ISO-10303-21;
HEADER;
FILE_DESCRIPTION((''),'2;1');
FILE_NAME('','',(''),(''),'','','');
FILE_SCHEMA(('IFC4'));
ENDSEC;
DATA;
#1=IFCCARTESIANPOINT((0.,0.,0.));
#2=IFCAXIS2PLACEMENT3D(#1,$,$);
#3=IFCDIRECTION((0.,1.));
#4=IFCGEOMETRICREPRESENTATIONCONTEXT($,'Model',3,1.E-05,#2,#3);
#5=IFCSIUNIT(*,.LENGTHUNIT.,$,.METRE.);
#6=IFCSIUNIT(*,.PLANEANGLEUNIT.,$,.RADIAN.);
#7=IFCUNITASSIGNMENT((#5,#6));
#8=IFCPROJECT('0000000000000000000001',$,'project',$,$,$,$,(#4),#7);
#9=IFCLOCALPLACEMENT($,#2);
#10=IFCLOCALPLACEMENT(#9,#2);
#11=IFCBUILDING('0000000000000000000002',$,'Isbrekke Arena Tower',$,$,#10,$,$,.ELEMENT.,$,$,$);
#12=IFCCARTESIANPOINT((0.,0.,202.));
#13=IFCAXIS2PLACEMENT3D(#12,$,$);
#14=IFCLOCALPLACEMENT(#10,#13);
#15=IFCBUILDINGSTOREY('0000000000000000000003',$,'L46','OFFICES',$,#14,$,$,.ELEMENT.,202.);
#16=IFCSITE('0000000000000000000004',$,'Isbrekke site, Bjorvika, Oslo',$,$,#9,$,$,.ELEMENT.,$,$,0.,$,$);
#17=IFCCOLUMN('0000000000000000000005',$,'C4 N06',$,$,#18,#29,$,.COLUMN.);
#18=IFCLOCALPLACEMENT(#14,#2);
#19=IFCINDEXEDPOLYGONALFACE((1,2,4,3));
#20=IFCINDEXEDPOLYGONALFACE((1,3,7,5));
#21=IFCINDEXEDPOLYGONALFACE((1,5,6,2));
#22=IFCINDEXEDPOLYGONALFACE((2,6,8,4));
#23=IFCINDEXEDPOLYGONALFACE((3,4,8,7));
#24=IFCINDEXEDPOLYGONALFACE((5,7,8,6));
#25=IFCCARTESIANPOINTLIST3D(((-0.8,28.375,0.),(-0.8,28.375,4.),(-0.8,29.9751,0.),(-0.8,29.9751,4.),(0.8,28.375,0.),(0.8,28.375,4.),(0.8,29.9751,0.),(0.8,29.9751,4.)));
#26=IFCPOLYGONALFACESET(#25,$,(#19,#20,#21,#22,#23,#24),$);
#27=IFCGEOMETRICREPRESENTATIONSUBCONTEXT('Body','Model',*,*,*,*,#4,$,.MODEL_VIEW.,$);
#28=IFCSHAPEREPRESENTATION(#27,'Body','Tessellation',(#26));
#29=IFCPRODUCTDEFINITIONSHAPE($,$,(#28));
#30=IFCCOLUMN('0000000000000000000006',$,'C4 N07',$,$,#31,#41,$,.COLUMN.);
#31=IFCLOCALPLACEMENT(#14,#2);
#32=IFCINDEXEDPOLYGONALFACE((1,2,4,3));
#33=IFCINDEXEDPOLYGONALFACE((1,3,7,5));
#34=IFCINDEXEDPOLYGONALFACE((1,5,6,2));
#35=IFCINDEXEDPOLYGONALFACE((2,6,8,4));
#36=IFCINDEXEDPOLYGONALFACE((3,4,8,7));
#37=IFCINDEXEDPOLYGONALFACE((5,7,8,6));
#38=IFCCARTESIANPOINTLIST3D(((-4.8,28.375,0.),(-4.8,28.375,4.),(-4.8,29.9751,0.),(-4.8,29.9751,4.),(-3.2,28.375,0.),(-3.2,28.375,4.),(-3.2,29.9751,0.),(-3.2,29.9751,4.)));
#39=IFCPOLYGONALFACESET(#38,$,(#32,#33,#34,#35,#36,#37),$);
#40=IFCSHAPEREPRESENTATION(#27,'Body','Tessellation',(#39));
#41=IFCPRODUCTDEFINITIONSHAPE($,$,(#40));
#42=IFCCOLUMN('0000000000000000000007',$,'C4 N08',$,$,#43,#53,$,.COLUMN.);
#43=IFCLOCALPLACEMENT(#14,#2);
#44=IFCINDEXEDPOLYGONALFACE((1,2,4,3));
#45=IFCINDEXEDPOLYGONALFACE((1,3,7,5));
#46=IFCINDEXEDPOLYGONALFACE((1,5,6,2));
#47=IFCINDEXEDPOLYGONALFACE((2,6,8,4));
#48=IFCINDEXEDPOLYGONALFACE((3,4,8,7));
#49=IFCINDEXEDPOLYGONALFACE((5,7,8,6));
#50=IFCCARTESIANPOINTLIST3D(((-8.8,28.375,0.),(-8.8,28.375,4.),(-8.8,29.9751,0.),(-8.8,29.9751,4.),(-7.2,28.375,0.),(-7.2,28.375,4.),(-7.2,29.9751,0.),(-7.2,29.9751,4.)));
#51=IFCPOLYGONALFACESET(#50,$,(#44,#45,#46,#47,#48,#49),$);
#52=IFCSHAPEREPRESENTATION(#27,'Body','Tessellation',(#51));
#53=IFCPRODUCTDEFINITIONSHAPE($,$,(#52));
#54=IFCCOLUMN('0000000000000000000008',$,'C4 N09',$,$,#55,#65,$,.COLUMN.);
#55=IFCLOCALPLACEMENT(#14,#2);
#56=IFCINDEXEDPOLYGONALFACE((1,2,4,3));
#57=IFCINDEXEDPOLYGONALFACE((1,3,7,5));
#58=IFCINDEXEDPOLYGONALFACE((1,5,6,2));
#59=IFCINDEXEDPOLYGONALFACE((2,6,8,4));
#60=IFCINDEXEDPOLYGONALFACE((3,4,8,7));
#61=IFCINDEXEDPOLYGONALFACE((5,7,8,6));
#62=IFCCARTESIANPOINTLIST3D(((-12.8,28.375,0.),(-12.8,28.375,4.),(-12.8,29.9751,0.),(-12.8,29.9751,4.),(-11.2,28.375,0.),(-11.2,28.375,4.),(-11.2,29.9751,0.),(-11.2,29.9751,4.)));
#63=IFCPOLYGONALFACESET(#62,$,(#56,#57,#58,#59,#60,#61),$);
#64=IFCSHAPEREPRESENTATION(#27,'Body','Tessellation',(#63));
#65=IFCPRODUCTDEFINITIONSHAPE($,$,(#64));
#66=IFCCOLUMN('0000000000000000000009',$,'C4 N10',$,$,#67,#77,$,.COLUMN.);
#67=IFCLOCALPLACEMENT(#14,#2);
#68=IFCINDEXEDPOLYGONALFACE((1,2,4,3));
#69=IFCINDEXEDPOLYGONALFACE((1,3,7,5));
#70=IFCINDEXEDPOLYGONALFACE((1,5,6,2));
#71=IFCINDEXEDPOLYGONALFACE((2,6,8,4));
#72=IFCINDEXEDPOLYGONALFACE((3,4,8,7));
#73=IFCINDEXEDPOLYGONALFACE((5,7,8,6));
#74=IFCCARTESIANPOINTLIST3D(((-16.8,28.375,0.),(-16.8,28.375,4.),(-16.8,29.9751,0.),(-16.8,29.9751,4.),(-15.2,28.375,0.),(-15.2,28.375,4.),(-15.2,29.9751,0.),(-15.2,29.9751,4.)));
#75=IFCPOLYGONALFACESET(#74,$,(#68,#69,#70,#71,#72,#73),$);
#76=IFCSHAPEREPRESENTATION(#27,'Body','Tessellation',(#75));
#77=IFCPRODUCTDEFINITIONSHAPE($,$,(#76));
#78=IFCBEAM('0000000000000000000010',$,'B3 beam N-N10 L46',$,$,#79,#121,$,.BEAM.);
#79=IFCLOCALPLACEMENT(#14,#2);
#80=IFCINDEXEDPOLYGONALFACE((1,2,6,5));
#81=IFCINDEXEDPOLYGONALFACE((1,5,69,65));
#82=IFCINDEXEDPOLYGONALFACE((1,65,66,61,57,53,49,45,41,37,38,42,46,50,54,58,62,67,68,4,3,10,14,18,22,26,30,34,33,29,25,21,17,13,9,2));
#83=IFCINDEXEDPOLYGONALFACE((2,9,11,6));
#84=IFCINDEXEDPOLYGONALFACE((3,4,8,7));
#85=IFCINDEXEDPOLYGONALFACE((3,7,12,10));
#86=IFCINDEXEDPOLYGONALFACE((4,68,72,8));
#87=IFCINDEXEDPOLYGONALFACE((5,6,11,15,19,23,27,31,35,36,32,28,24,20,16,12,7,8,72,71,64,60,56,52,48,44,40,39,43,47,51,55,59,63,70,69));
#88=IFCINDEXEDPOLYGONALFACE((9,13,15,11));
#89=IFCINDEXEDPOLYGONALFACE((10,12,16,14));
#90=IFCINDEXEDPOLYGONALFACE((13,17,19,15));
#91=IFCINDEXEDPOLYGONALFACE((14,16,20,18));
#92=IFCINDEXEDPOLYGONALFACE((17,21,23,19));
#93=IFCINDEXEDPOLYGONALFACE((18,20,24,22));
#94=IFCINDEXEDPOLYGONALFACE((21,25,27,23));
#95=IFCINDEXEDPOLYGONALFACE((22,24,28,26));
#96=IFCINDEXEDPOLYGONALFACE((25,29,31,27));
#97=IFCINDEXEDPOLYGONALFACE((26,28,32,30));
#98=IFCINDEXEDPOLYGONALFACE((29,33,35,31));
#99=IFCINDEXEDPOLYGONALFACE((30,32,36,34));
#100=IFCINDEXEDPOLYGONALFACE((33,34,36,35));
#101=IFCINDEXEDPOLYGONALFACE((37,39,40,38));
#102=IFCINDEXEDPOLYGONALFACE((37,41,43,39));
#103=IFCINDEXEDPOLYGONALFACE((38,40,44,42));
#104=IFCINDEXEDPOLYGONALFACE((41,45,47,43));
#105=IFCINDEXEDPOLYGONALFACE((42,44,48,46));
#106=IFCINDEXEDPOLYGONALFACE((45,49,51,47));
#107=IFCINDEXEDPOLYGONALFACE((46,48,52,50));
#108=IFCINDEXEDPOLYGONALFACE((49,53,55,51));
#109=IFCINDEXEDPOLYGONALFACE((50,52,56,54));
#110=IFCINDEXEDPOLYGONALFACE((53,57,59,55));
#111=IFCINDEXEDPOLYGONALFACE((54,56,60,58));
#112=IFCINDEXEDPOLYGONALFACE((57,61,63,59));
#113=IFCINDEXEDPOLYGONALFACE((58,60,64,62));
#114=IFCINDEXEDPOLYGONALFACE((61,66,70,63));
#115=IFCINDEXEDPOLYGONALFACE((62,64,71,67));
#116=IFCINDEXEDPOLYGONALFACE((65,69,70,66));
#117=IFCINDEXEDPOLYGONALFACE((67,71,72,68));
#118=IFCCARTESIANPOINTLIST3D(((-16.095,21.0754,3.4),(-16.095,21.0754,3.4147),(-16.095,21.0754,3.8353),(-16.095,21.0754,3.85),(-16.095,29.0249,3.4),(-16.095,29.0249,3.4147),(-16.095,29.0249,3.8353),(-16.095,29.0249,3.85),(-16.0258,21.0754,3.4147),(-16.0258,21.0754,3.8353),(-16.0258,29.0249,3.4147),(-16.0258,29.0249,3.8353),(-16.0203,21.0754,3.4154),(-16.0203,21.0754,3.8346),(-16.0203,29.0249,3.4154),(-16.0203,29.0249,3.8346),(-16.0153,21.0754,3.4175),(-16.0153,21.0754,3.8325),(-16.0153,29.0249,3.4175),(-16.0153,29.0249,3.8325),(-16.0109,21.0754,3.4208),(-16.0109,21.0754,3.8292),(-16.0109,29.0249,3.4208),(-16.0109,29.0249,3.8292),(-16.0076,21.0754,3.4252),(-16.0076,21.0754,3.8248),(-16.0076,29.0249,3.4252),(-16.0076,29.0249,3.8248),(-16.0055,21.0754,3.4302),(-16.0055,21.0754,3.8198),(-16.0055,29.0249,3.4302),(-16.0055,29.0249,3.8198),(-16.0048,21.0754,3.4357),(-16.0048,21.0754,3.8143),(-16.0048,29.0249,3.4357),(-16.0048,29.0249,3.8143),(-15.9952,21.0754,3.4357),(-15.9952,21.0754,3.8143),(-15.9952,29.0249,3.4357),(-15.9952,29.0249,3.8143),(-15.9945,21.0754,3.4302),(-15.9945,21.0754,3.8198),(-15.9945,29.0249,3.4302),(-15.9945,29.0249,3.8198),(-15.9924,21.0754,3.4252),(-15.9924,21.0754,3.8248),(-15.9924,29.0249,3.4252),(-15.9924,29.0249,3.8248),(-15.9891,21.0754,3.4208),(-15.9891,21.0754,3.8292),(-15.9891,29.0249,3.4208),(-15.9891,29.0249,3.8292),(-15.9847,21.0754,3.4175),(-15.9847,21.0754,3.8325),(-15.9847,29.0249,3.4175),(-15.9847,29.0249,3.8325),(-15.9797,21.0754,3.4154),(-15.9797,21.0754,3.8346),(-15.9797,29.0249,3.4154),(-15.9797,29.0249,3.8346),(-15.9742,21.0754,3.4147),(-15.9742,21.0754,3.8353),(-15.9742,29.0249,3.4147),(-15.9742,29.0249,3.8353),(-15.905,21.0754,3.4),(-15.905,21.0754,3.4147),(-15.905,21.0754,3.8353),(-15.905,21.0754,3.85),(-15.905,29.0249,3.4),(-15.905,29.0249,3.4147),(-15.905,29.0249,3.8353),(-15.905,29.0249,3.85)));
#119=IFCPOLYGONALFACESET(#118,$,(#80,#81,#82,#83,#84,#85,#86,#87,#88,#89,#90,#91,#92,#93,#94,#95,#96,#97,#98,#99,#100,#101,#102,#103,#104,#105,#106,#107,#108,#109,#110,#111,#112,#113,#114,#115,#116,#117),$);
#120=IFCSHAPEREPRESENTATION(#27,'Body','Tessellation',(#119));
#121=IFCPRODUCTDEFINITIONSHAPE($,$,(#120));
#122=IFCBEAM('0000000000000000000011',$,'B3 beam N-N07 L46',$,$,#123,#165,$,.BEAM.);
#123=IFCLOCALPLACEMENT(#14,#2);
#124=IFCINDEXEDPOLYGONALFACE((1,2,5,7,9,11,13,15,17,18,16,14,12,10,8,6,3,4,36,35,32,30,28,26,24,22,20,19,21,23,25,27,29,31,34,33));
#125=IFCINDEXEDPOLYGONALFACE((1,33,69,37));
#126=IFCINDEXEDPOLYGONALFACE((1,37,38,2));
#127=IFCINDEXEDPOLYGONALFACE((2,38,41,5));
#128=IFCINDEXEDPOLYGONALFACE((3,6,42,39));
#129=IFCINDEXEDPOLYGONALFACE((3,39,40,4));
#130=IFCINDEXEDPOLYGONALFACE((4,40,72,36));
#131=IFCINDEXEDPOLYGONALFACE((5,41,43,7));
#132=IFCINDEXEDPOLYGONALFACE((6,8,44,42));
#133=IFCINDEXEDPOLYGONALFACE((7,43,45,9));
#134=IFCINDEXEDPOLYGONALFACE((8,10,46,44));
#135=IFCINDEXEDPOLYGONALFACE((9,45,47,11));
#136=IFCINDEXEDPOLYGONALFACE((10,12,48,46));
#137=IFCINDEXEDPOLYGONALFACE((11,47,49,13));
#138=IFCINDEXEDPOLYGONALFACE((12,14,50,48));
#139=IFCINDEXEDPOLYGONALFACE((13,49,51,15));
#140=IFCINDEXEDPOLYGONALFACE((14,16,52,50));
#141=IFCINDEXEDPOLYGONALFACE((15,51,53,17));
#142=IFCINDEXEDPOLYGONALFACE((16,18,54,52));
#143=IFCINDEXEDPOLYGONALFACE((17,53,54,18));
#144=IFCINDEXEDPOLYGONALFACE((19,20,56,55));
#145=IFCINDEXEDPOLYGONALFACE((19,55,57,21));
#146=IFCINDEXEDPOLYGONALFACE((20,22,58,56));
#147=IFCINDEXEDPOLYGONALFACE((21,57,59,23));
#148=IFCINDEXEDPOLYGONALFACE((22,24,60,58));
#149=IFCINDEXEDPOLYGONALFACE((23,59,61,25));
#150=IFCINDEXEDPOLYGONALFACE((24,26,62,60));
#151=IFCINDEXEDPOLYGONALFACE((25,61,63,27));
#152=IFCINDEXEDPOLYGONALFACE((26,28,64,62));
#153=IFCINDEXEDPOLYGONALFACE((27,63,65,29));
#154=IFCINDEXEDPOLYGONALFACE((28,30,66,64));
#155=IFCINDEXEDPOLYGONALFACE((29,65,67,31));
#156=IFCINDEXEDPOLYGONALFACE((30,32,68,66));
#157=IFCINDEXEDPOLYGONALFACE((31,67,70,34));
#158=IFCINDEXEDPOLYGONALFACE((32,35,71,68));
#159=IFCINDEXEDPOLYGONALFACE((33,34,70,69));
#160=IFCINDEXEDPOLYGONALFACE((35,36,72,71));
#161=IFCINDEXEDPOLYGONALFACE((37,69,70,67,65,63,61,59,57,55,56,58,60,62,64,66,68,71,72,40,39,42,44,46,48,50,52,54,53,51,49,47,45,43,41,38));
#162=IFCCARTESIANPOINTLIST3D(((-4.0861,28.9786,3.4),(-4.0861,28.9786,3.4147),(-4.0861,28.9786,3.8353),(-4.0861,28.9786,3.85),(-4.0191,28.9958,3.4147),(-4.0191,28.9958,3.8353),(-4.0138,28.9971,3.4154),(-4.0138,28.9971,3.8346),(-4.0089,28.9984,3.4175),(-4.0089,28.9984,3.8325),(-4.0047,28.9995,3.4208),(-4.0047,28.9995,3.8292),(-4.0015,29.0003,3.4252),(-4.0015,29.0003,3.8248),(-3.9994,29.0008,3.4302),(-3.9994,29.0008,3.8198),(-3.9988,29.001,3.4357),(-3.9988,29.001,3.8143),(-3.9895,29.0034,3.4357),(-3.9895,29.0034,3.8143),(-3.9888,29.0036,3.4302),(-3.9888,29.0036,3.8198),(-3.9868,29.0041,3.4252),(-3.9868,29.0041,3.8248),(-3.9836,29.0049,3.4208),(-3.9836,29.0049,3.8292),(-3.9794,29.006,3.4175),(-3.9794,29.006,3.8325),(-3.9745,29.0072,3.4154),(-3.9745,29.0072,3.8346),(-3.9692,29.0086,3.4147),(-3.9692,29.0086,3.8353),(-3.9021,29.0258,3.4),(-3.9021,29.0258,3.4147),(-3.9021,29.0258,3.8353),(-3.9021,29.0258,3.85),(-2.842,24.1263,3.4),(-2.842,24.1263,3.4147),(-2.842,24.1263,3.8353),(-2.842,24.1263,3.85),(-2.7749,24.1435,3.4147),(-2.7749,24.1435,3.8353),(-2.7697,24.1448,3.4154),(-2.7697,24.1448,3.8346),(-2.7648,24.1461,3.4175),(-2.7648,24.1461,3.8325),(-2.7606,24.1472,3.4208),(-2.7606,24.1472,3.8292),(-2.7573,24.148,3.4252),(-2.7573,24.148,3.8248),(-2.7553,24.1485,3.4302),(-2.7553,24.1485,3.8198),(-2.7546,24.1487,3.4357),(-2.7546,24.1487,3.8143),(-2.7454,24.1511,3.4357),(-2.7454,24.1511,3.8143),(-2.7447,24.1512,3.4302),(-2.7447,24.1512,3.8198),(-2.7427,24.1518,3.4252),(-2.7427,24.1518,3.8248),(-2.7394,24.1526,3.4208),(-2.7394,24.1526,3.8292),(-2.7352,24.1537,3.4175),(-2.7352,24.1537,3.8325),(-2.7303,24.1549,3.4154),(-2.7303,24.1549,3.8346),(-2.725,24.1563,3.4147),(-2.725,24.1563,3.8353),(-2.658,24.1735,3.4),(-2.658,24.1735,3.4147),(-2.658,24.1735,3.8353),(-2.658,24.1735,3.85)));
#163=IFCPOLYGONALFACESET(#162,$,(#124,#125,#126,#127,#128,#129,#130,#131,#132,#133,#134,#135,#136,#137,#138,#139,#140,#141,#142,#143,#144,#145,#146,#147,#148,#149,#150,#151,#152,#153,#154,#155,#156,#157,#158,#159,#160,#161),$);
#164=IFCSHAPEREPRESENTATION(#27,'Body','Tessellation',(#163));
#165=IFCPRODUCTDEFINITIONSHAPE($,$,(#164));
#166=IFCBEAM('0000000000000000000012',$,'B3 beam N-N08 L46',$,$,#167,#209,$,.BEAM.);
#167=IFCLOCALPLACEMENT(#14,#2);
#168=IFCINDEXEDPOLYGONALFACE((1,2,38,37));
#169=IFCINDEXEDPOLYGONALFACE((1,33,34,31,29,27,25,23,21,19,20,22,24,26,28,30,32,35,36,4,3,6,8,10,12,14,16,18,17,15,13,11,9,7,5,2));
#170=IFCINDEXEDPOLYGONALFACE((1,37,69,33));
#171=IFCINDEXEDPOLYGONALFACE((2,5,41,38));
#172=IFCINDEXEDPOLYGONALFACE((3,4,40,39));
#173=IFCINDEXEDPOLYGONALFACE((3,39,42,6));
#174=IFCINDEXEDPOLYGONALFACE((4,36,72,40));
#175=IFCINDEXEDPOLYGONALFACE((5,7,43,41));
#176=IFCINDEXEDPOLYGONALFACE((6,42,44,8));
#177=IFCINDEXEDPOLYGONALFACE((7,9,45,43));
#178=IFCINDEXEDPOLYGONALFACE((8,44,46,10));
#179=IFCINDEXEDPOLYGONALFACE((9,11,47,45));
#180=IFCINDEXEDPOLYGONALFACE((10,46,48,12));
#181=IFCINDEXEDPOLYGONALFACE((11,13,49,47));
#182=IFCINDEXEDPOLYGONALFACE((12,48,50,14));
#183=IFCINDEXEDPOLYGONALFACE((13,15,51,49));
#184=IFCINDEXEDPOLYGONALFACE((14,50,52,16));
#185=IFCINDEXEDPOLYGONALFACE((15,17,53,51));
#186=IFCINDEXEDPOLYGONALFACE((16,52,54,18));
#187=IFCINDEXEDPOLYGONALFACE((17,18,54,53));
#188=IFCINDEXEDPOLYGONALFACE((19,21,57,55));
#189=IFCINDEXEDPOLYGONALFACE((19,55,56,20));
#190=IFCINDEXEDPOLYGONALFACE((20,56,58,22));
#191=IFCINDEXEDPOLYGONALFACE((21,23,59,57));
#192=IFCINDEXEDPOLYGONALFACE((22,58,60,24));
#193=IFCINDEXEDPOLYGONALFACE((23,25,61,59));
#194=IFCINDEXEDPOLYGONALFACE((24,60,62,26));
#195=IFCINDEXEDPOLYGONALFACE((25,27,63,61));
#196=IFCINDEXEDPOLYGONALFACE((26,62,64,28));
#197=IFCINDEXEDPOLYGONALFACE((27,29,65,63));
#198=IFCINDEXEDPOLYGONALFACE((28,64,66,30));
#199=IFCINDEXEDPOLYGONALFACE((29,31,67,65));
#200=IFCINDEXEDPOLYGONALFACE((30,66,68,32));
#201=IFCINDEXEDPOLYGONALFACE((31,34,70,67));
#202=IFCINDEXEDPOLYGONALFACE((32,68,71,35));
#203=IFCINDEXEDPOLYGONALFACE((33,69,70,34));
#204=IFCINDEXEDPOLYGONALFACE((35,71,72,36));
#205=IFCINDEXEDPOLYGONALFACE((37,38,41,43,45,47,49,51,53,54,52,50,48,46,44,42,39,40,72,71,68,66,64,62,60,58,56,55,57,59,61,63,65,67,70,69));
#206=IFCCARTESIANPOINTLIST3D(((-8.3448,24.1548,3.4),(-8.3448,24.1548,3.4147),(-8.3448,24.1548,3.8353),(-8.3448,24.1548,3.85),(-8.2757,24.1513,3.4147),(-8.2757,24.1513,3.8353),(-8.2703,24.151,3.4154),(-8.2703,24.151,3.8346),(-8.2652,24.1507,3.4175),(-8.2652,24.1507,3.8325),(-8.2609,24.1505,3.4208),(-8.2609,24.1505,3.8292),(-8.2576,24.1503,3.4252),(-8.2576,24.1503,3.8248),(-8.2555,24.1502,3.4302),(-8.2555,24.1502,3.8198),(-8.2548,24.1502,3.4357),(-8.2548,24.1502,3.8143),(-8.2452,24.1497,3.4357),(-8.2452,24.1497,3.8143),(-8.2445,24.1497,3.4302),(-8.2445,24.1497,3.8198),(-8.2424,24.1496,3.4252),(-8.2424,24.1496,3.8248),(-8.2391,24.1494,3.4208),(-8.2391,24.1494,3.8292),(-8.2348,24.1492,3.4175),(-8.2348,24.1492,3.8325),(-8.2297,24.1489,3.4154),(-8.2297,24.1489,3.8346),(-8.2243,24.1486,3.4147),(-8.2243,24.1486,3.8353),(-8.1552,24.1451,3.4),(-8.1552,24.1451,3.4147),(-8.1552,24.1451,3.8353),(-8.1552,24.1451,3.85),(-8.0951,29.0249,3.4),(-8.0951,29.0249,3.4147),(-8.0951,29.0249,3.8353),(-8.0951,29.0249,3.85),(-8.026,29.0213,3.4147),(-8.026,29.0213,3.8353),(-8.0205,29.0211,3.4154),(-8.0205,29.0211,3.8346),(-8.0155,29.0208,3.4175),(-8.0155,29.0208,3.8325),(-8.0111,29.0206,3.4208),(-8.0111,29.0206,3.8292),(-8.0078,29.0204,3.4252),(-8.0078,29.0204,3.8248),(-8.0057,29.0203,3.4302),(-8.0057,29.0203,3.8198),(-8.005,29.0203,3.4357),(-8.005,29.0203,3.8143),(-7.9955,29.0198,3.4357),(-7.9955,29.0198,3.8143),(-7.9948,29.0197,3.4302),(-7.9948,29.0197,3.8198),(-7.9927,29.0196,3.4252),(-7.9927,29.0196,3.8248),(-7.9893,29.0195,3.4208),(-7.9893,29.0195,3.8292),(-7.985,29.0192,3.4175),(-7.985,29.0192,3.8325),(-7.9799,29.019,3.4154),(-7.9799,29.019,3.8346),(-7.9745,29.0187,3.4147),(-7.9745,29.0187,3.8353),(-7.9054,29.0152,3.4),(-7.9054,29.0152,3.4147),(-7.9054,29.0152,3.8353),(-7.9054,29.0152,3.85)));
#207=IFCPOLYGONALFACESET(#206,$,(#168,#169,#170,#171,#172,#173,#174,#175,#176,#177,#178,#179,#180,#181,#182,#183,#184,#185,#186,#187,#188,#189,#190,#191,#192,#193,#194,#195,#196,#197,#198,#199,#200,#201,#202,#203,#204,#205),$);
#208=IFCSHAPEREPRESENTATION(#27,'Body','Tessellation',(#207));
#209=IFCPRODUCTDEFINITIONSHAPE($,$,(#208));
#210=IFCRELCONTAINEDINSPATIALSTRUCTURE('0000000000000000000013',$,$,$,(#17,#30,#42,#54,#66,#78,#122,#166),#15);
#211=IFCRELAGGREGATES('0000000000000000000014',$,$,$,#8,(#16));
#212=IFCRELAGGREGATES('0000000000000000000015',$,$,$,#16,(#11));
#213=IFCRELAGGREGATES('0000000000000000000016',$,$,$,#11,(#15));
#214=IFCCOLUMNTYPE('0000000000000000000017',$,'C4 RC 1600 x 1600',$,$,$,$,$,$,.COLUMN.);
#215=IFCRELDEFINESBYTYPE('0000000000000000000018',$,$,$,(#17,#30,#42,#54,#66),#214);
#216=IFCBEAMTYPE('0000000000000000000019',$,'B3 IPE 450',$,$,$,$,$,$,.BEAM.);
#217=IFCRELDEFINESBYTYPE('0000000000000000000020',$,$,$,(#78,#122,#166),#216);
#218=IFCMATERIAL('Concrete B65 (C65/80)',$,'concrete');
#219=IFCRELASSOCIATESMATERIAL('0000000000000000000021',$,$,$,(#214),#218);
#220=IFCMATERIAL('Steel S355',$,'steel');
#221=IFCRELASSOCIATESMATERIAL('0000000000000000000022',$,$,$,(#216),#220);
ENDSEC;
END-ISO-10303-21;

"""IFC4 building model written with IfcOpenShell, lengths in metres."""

from ifc_helpers import new_model, si_unit, direction, frame, origin, origin_2d, place, context, subcontext, project, spatial, rectangle, i_section, extrude, material, material_profile, profile_set, type_object, element, save


model = new_model("IFC4")

# Units and contexts
model_context = context("Model", 3, precision=1e-05, world=origin(), true_north=direction((0.0, 1.0)))
body_context = subcontext(model_context, "Body", "Model", "MODEL_VIEW")
ifc_project = project(units=[si_unit("LENGTHUNIT", "METRE"), si_unit("PLANEANGLEUNIT", "RADIAN")], contexts=[model_context])

# Site, building, storey
site_placement = place(None, origin())
site = spatial("IfcSite", under=ifc_project, at=site_placement, Name="Isbrekke site, Bjorvika, Oslo", CompositionType="ELEMENT", RefElevation=0.0)
building_placement = place(site_placement, origin())
building = spatial("IfcBuilding", under=site, at=building_placement, Name="Isbrekke Arena Tower", CompositionType="ELEMENT")
storey_placement = place(building_placement, frame((0.0, 0.0, 202.0)))
storey = spatial("IfcBuildingStorey", under=building, at=storey_placement, Name="L46", Description="OFFICES", CompositionType="ELEMENT", Elevation=202.0)

# Columns
ifc_material_1 = material(Name="Concrete B65 (C65/80)", Category="concrete")
ifc_material_profile_1 = material_profile(ifc_material_1, rectangle(XDim=1.6001, YDim=1.6001, at=origin_2d()), Name="RC 1600x1600")
ifc_profile_set_1 = profile_set([ifc_material_profile_1], Name="Concrete B65 (C65/80)")
column_type = type_object("IfcColumnType", Name="C4 RC 1600 x 1600", PredefinedType="COLUMN", material=ifc_profile_set_1)
for number, where, z_axis, x_axis, name in (
    (1, (0.0, 29.175, 0.0), (0.0, 0.0, 1.0), (-1.0, 0.0, 0.0), "C4 N06"),
    (2, (-4.0, 29.175, 0.0), (0.0, 0.0, 1.0), (-1.0, 0.0, 0.0), "C4 N07"),
    (3, (-8.0, 29.175, 0.0), (0.0, 0.0, 1.0), (-1.0, 0.0, 0.0), "C4 N08"),
    (4, (-12.0, 29.175, 0.0), (0.0, 0.0, 1.0), (-1.0, 0.0, 0.0), "C4 N09"),
    (5, (-16.0, 29.175, 0.0), (0.0, 0.0, 1.0), (-1.0, 0.0, 0.0), "C4 N10"),
):
    element("IfcColumn", number, at=place(storey_placement, frame(where, z_axis=z_axis, x_axis=x_axis)), inside=storey, type_object=column_type, Name=name, PredefinedType="COLUMN", context=body_context, shape_type="SweptSolid", body=[
        extrude(rectangle(XDim=1.6001, YDim=1.6001, at=origin_2d()), origin(), (0.0, 0.0, 1.0), 4.0),
    ])

# Beams
ifc_material_2 = material(Name="Steel S355", Category="steel")
ifc_material_profile_2 = material_profile(ifc_material_2, i_section(OverallWidth=0.1899, OverallDepth=0.45, WebThickness=0.0095, FlangeThickness=0.0146, FilletRadius=0.021, at=origin_2d()), Name="IPE 450")
ifc_profile_set_2 = profile_set([ifc_material_profile_2], Name="Steel S355")
beam_type_1 = type_object("IfcBeamType", Name="B3 IPE 450", PredefinedType="BEAM", material=ifc_profile_set_2)
beam_1_placement = place(storey_placement, frame((-16.0, 29.0249, 3.625), z_axis=(0.0, -1.0, 0.0), x_axis=(1.0, 0.0, 0.0)))
element("IfcBeam", 6, at=beam_1_placement, inside=storey, type_object=beam_type_1, Name="B3 beam N-N10 L46", PredefinedType="BEAM", context=body_context, shape_type="SweptSolid", body=[
    extrude(i_section(OverallWidth=0.1899, OverallDepth=0.45, WebThickness=0.0095, FlangeThickness=0.0146, FilletRadius=0.021, at=origin_2d()), origin(), (0.0, 0.0, 1.0), 7.9495),
])
beam_2_placement = place(storey_placement, frame((-3.9941, 29.0022, 3.625), z_axis=(0.248368, -0.968666, 0.0), x_axis=(0.968666, 0.248368, 0.0)))
element("IfcBeam", 7, at=beam_2_placement, inside=storey, type_object=beam_type_1, Name="B3 beam N-N07 L46", PredefinedType="BEAM", context=body_context, shape_type="SweptSolid", body=[
    extrude(i_section(OverallWidth=0.1899, OverallDepth=0.45, WebThickness=0.0095, FlangeThickness=0.0146, FilletRadius=0.021, at=origin_2d()), origin(), (0.0, 0.0, 1.0), 5.0093),
])
beam_3_placement = place(storey_placement, frame((-8.0002, 29.02, 3.625), z_axis=(-0.051216, -0.998688, 0.0), x_axis=(0.998688, -0.051216, 0.0)))
element("IfcBeam", 8, at=beam_3_placement, inside=storey, type_object=beam_type_1, Name="B3 beam N-N08 L46", PredefinedType="BEAM", context=body_context, shape_type="SweptSolid", body=[
    extrude(i_section(OverallWidth=0.1899, OverallDepth=0.45, WebThickness=0.0095, FlangeThickness=0.0146, FilletRadius=0.021, at=origin_2d()), origin(), (0.0, 0.0, 1.0), 4.8765),
])

save(model, "model.ifc")
